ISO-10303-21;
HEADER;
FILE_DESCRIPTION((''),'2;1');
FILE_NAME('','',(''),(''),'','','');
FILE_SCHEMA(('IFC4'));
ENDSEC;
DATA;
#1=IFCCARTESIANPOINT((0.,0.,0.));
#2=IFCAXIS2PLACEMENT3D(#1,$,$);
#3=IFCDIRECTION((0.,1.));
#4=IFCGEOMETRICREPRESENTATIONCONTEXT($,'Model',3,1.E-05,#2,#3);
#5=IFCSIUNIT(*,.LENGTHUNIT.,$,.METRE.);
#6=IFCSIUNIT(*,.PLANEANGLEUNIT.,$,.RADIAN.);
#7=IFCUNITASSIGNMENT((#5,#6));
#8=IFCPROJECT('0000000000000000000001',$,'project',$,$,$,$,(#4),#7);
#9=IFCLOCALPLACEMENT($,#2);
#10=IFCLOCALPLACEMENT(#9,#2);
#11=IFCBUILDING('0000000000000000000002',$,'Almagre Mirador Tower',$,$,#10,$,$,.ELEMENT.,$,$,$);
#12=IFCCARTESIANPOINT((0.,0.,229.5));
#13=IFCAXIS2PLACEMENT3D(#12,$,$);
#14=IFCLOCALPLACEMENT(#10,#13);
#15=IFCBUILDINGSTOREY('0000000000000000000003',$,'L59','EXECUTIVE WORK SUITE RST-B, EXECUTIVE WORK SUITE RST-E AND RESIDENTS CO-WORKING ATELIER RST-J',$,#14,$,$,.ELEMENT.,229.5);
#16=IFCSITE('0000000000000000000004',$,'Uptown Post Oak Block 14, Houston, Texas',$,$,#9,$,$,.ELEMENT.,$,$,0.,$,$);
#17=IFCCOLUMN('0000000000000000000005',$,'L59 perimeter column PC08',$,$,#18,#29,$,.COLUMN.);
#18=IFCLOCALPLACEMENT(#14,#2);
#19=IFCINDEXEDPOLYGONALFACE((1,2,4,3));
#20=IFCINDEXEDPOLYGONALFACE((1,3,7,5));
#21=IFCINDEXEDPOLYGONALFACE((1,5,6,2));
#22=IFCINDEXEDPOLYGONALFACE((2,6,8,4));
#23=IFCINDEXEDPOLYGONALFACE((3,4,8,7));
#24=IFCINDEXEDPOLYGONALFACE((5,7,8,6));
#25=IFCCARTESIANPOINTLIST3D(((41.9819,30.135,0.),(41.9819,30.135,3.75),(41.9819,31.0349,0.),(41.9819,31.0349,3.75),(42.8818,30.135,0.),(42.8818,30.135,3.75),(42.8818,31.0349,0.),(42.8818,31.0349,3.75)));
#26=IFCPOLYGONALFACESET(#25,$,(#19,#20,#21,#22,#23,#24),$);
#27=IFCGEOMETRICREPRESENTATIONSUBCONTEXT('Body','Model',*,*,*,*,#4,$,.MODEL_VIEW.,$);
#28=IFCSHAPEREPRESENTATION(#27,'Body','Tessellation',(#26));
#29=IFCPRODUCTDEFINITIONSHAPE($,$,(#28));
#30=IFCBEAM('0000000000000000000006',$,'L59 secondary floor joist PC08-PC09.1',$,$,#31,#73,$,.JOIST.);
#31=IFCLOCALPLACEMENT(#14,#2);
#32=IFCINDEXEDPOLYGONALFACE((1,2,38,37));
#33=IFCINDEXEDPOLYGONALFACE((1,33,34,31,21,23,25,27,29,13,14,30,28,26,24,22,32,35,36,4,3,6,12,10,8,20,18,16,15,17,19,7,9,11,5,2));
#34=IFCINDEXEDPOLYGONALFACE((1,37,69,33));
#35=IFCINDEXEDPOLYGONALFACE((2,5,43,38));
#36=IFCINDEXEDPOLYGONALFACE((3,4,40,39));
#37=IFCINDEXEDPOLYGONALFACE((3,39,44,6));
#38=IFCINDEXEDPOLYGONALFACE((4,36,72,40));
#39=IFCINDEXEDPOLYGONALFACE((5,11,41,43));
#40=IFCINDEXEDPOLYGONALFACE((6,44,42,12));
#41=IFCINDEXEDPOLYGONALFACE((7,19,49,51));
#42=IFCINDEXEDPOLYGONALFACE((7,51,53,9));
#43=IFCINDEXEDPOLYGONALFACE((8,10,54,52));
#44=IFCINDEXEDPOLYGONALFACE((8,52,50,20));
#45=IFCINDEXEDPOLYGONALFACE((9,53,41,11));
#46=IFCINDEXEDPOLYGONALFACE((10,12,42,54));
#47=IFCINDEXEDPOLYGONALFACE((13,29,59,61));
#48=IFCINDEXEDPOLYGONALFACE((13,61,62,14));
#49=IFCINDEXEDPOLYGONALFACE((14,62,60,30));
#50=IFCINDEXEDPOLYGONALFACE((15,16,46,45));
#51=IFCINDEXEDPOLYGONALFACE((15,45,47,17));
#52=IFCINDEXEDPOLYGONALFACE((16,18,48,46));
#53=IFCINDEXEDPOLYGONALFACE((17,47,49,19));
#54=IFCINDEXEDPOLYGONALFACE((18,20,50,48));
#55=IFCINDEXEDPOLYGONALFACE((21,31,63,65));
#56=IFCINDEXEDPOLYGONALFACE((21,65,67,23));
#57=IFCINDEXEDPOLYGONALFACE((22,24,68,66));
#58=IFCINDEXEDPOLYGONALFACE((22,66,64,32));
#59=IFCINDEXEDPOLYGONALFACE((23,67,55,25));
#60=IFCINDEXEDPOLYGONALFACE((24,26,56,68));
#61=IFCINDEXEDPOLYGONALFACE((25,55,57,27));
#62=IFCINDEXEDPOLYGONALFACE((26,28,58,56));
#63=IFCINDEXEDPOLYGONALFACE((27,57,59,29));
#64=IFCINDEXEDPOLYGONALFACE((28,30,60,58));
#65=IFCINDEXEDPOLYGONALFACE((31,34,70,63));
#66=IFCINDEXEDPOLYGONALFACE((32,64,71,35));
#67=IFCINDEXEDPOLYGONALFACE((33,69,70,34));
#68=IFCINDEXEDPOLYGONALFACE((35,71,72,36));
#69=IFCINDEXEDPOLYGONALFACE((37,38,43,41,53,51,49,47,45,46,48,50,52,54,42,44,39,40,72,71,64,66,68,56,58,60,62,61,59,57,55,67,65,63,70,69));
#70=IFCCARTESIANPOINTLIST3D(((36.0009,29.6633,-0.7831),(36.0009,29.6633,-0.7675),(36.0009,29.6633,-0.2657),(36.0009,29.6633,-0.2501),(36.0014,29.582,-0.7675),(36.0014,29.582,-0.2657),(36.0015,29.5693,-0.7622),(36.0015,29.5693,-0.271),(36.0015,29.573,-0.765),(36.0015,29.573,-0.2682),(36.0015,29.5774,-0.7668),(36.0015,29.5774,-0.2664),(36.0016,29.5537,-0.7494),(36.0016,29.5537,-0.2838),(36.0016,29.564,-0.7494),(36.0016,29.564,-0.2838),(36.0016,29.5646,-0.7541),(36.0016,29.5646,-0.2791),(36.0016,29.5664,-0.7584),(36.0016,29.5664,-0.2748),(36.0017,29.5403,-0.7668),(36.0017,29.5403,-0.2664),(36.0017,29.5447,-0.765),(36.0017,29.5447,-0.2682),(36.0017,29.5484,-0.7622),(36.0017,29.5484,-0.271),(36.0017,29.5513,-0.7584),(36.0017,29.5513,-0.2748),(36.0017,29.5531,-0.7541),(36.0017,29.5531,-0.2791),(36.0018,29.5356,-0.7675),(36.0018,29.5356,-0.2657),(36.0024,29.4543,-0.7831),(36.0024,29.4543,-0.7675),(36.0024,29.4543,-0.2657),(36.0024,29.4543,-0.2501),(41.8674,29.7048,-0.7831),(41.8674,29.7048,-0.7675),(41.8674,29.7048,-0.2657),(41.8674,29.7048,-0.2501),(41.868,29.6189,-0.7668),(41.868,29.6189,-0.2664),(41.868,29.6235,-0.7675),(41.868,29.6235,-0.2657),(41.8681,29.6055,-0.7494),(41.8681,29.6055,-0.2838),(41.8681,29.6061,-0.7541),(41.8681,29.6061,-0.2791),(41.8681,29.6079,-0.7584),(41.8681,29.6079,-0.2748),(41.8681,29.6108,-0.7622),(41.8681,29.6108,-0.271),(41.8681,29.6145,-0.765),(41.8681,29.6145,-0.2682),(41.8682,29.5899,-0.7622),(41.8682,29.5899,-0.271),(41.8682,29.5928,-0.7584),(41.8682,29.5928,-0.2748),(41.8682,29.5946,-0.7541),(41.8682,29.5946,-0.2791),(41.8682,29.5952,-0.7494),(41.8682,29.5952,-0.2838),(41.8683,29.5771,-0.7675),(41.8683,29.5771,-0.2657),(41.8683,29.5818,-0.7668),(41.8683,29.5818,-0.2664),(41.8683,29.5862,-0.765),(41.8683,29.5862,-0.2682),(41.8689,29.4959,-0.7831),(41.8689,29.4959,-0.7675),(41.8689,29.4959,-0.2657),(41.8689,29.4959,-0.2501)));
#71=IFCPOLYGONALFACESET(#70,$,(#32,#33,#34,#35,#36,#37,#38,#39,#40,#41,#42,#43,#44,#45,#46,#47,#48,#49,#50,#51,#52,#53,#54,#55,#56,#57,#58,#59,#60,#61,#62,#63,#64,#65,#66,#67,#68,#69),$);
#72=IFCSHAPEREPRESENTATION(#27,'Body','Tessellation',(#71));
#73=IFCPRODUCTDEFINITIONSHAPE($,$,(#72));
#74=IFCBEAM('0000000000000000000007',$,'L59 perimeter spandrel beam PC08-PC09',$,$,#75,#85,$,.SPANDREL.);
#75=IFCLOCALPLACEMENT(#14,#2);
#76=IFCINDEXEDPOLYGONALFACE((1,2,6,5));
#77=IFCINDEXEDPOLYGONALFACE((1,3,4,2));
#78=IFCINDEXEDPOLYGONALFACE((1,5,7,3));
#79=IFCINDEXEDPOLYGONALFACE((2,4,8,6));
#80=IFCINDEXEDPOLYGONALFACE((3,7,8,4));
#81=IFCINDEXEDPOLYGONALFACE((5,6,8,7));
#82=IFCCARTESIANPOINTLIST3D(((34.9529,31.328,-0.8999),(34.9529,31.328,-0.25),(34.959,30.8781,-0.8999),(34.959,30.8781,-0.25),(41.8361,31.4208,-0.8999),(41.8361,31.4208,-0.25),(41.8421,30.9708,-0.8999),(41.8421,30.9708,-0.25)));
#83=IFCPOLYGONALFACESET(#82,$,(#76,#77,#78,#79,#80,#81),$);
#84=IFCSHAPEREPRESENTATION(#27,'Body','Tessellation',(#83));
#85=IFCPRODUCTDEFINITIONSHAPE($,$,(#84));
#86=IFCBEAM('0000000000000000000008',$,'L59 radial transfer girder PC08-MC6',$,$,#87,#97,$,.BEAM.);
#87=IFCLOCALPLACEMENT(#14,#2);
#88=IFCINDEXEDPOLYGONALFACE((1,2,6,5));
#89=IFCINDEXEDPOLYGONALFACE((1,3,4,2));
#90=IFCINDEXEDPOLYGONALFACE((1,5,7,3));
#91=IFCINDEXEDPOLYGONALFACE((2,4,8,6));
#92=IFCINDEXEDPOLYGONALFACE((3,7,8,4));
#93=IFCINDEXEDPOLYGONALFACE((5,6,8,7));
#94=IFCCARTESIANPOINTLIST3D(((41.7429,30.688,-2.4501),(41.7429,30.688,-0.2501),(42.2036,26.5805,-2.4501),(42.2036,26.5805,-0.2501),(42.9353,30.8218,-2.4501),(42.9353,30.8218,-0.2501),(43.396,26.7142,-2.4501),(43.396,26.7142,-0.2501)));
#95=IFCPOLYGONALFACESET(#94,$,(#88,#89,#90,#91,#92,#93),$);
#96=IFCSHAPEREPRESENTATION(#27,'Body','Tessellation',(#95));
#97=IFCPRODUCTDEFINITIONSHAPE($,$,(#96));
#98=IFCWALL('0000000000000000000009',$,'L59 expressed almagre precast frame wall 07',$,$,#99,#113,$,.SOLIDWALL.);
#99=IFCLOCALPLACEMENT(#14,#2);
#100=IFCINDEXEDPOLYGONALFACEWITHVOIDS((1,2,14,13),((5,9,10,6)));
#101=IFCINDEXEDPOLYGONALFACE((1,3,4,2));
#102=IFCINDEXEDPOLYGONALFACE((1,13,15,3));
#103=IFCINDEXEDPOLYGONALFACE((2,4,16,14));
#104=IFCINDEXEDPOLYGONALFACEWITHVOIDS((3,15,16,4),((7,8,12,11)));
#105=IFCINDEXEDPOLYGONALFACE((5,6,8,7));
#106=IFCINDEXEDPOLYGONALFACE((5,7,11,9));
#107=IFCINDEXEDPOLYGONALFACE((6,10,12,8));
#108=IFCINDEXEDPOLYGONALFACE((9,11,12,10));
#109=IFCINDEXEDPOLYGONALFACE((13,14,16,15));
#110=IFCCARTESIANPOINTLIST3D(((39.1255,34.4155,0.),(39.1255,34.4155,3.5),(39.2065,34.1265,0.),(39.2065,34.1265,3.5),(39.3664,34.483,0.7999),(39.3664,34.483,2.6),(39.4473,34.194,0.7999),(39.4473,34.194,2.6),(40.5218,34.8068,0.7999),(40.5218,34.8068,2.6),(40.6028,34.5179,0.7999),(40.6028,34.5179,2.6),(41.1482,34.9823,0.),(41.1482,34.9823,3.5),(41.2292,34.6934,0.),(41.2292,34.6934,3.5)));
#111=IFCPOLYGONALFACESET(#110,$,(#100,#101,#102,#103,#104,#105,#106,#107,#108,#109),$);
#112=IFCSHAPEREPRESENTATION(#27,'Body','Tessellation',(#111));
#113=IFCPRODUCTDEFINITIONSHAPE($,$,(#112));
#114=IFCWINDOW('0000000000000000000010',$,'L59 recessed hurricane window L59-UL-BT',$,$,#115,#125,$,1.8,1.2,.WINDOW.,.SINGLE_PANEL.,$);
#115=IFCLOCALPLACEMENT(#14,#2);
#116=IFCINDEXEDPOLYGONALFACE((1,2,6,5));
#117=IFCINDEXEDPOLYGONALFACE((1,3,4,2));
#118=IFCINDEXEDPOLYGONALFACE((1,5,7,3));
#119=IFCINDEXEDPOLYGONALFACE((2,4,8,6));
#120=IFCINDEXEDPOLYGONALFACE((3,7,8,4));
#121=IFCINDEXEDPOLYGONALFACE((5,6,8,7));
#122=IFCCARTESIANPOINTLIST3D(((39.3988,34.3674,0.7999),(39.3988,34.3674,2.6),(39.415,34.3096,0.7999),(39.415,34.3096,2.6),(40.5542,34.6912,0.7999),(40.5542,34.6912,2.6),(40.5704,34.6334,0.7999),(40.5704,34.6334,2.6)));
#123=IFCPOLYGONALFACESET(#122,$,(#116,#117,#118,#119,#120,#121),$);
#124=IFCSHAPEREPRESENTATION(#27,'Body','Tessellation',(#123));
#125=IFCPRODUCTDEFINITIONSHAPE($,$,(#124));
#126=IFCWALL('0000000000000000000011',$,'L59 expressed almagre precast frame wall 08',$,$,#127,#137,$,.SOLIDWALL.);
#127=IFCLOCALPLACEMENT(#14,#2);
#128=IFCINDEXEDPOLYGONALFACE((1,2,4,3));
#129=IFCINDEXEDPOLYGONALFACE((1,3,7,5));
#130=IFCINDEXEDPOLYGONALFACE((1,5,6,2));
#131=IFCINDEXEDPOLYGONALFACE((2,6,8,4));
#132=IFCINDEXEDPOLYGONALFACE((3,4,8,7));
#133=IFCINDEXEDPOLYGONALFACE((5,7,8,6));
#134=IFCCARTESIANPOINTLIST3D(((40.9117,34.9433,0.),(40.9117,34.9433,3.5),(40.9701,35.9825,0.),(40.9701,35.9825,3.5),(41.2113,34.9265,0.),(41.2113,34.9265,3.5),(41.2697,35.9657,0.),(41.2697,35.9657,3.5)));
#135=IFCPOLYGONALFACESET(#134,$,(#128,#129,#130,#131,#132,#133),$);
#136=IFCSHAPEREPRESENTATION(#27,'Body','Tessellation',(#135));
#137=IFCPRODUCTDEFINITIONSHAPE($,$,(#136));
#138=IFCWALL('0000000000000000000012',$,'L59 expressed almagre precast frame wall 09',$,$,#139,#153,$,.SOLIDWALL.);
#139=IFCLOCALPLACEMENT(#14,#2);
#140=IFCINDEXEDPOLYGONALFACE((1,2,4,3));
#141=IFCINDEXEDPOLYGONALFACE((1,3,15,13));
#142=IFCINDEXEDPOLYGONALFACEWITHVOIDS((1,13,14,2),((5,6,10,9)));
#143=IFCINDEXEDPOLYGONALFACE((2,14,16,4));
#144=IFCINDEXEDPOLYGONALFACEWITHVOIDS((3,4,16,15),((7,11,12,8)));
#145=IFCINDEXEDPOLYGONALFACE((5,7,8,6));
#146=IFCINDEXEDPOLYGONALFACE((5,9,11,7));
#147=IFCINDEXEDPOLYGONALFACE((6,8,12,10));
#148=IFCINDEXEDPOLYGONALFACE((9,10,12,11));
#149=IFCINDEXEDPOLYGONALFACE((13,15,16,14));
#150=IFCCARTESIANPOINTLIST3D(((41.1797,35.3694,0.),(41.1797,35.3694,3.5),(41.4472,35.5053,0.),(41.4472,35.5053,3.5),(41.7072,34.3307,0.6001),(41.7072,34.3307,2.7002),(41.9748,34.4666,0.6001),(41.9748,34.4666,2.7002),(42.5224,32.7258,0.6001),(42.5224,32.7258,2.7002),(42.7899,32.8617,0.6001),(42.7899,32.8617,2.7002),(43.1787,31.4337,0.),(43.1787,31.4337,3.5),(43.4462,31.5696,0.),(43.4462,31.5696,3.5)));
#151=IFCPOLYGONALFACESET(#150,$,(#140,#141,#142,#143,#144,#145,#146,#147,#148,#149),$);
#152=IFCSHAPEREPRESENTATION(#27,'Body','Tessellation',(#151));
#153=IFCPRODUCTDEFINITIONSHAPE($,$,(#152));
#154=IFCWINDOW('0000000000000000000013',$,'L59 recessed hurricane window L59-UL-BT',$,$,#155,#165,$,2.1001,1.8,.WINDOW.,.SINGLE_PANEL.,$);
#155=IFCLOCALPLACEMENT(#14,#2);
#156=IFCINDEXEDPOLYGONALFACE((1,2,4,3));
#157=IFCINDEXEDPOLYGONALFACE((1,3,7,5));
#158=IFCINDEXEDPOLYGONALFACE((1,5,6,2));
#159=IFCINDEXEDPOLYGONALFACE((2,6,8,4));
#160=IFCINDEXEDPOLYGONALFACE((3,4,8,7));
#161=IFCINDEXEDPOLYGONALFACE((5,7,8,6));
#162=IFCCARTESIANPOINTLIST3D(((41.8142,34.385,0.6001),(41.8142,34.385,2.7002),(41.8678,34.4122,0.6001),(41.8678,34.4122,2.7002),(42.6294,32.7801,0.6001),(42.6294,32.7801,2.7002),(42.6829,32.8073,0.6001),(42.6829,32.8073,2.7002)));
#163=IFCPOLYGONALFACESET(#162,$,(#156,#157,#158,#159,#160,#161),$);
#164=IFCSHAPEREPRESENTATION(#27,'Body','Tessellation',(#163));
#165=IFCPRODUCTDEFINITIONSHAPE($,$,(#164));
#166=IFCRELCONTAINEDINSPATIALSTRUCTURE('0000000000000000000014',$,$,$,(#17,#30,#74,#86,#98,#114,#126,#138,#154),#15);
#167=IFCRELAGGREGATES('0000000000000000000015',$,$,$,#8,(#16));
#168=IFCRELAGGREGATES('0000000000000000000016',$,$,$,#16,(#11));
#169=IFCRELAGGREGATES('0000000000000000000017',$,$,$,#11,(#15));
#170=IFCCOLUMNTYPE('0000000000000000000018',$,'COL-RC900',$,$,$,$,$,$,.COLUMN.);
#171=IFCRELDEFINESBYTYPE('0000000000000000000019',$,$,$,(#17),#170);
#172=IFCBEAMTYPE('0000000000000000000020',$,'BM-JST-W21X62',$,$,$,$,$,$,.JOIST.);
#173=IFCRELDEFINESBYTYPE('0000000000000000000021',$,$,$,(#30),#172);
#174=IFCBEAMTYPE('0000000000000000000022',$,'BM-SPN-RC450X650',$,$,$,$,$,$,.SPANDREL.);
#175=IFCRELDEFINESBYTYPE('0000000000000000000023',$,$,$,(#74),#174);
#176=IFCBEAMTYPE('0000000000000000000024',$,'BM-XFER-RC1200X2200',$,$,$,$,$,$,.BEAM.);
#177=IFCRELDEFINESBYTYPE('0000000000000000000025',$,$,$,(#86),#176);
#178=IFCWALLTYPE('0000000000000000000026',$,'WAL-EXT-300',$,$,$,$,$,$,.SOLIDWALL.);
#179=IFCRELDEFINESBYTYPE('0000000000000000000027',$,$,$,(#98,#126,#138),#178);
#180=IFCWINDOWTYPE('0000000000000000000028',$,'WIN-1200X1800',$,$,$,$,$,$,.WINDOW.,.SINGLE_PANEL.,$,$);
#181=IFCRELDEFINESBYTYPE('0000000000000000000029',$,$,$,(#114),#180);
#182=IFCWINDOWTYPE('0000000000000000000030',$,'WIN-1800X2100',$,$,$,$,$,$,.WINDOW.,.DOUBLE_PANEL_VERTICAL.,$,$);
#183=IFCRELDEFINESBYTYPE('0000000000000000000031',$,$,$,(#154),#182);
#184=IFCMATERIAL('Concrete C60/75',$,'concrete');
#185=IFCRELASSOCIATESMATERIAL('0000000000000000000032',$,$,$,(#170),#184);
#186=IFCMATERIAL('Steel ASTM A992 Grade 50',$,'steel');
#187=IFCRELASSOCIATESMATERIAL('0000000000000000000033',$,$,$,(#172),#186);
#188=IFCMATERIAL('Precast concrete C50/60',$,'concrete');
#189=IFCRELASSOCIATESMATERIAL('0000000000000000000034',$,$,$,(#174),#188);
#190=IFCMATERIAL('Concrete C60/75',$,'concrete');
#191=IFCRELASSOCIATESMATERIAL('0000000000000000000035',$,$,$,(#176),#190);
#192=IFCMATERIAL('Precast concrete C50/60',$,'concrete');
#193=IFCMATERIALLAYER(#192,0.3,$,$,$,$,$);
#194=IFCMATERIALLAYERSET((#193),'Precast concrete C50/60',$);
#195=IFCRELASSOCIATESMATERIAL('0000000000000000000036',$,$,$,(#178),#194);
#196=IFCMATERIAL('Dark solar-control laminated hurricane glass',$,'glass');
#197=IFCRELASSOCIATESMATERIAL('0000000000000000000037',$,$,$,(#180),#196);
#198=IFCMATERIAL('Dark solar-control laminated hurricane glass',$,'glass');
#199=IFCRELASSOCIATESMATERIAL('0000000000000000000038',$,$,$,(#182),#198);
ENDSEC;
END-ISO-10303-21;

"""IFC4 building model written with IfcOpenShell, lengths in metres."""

from ifc_helpers import new_model, si_unit, direction, frame, frame_2d, origin, origin_2d, place, context, subcontext, project, spatial, rectangle, i_section, extrude, material, layer, layer_set, material_profile, profile_set, type_object, element, fill, save


model = new_model("IFC4")

# Units and contexts
model_context = context("Model", 3, precision=1e-05, world=origin(), true_north=direction((0.0, 1.0)))
body_context = subcontext(model_context, "Body", "Model", "MODEL_VIEW")
ifc_project = project(units=[si_unit("LENGTHUNIT", "METRE"), si_unit("PLANEANGLEUNIT", "RADIAN")], contexts=[model_context])

# Site, building, storey
site_placement = place(None, origin())
site = spatial("IfcSite", under=ifc_project, at=site_placement, Name="Uptown Post Oak Block 14, Houston, Texas", CompositionType="ELEMENT", RefElevation=0.0)
building_placement = place(site_placement, origin())
building = spatial("IfcBuilding", under=site, at=building_placement, Name="Almagre Mirador Tower", CompositionType="ELEMENT")
storey_placement = place(building_placement, frame((0.0, 0.0, 229.5)))
storey = spatial("IfcBuildingStorey", under=building, at=storey_placement, Name="L59", Description="EXECUTIVE WORK SUITE RST-B, EXECUTIVE WORK SUITE RST-E AND RESIDENTS CO-WORKING ATELIER RST-J", CompositionType="ELEMENT", Elevation=229.5)

# Column
ifc_material_1 = material(Name="Concrete C60/75", Category="concrete")
ifc_material_profile_1 = material_profile(ifc_material_1, rectangle(XDim=0.8999, YDim=0.8999, at=origin_2d()), Name="RC900X900")
ifc_profile_set_1 = profile_set([ifc_material_profile_1], Name="Concrete C60/75")
column_type = type_object("IfcColumnType", Name="COL-RC900", PredefinedType="COLUMN", material=ifc_profile_set_1)
column_placement = place(storey_placement, frame((42.4319, 30.585, 0.0), z_axis=(0.0, 0.0, 1.0), x_axis=(1.0, 0.0, 0.0)))
element("IfcColumn", 1, at=column_placement, inside=storey, type_object=column_type, Name="L59 perimeter column PC08", PredefinedType="COLUMN", context=body_context, shape_type="SweptSolid", body=[
    extrude(rectangle(XDim=0.8999, YDim=0.8999, at=origin_2d()), origin(), (0.0, 0.0, 1.0), 3.75),
])

# Beams
ifc_material_2 = material(Name="Steel ASTM A992 Grade 50", Category="steel")
ifc_material_profile_2 = material_profile(ifc_material_2, i_section(OverallWidth=0.209, OverallDepth=0.533, WebThickness=0.0103, FlangeThickness=0.0156, FilletRadius=0.0181, at=origin_2d()), Name="W21X62")
ifc_profile_set_2 = profile_set([ifc_material_profile_2], Name="Steel ASTM A992 Grade 50")
beam_type_1 = type_object("IfcBeamType", Name="BM-JST-W21X62", PredefinedType="JOIST", material=ifc_profile_set_2)
beam_1_placement = place(storey_placement, frame((41.8682, 29.6003, -0.5166), z_axis=(-0.999975, -0.007075, 0.0), x_axis=(0.007075, -0.999975, 0.0)))
element("IfcBeam", 2, at=beam_1_placement, inside=storey, type_object=beam_type_1, Name="L59 secondary floor joist PC08-PC09.1", PredefinedType="JOIST", context=body_context, shape_type="SweptSolid", body=[
    extrude(i_section(OverallWidth=0.209, OverallDepth=0.533, WebThickness=0.0103, FlangeThickness=0.0156, FilletRadius=0.0181, at=origin_2d()), origin(), (0.0, 0.0, 1.0), 5.8667),
])
ifc_material_3 = material(Name="Precast concrete C50/60", Category="concrete")
ifc_material_profile_3 = material_profile(ifc_material_3, rectangle(XDim=0.45, YDim=0.6499, at=origin_2d()), Name="RC450X650")
ifc_profile_set_3 = profile_set([ifc_material_profile_3], Name="Precast concrete C50/60")
beam_type_2 = type_object("IfcBeamType", Name="BM-SPN-RC450X650", PredefinedType="SPANDREL", material=ifc_profile_set_3)
beam_2_placement = place(storey_placement, frame((41.8391, 31.1958, -0.575), z_axis=(-0.999909, -0.013477, 0.0), x_axis=(0.013477, -0.999909, 0.0)))
element("IfcBeam", 3, at=beam_2_placement, inside=storey, type_object=beam_type_2, Name="L59 perimeter spandrel beam PC08-PC09", PredefinedType="SPANDREL", context=body_context, shape_type="SweptSolid", body=[
    extrude(rectangle(XDim=0.45, YDim=0.6499, at=origin_2d()), origin(), (0.0, 0.0, 1.0), 6.8838),
])
ifc_material_4 = material(Name="Concrete C60/75", Category="concrete")
ifc_material_profile_4 = material_profile(ifc_material_4, rectangle(XDim=1.2, YDim=2.2, at=origin_2d()), Name="RC1200X2200")
ifc_profile_set_4 = profile_set([ifc_material_profile_4], Name="Concrete C60/75")
beam_type_3 = type_object("IfcBeamType", Name="BM-XFER-RC1200X2200", PredefinedType="BEAM", material=ifc_profile_set_4)
beam_3_placement = place(storey_placement, frame((42.3391, 30.7549, -1.3501), z_axis=(0.111456, -0.993769, 0.0), x_axis=(0.993769, 0.111456, 0.0)))
element("IfcBeam", 4, at=beam_3_placement, inside=storey, type_object=beam_type_3, Name="L59 radial transfer girder PC08-MC6", PredefinedType="BEAM", context=body_context, shape_type="SweptSolid", body=[
    extrude(rectangle(XDim=1.2, YDim=2.2, at=origin_2d()), origin(), (0.0, 0.0, 1.0), 4.1333),
])

# Wall, opening, window
ifc_material_5 = material(Name="Precast concrete C50/60", Category="concrete")
ifc_layer_1 = layer(ifc_material_5, 0.3)
ifc_layer_set_1 = layer_set([ifc_layer_1], Name="Precast concrete C50/60")
wall_type_1 = type_object("IfcWallType", Name="WAL-EXT-300", PredefinedType="SOLIDWALL", material=ifc_layer_set_1)
wall_1_placement = place(storey_placement, frame((39.166, 34.271, 0.0), z_axis=(0.0, 0.0, 1.0), x_axis=(0.962898, 0.269867, 0.0)))
wall_1 = element("IfcWall", 5, at=wall_1_placement, inside=storey, type_object=wall_type_1, Name="L59 expressed almagre precast frame wall 07", PredefinedType="SOLIDWALL", context=body_context, shape_type="SweptSolid", body=[
    extrude(rectangle(XDim=2.1006, YDim=0.3, at=frame_2d((1.0503, 0.0))), origin(), (0.0, 0.0, 1.0), 3.5),
])
opening_1_placement = place(wall_1_placement, frame((0.25, 0.0, 0.8)))
opening_1 = element("IfcOpeningElement", 6, at=opening_1_placement, cuts=wall_1, PredefinedType="OPENING", context=body_context, shape_type="SweptSolid", body=[
    extrude(rectangle(XDim=1.2, YDim=1.8, at=frame_2d((0.6001, 0.8999))), frame((0.0, 0.1599, 0.0), z_axis=(0.0, -1.0, 0.0), x_axis=(1.0, 0.0, 0.0)), (0.0, 0.0, 1.0), 0.32),
])
ifc_material_6 = material(Name="Dark solar-control laminated hurricane glass", Category="glass")
window_type_1 = type_object("IfcWindowType", Name="WIN-1200X1800", PartitioningType="SINGLE_PANEL", PredefinedType="WINDOW", material=ifc_material_6)
window_1_placement = place(opening_1_placement, origin())
window_1 = element("IfcWindow", 7, at=window_1_placement, inside=storey, type_object=window_type_1, Name="L59 recessed hurricane window L59-UL-BT", OverallHeight=1.8, OverallWidth=1.2, PartitioningType="SINGLE_PANEL", PredefinedType="WINDOW", context=body_context, shape_type="SweptSolid", body=[
    extrude(rectangle(XDim=1.2, YDim=1.8, at=frame_2d((0.6001, 0.8999))), frame((0.0, 0.03, 0.0), z_axis=(0.0, -1.0, 0.0), x_axis=(1.0, 0.0, 0.0)), (0.0, 0.0, 1.0), 0.0601),
])
fill(opening_1, window_1)

# Wall
wall_2_placement = place(storey_placement, frame((41.0615, 34.9348, 0.0), z_axis=(0.0, 0.0, 1.0), x_axis=(0.056068, 0.998427, 0.0)))
element("IfcWall", 8, at=wall_2_placement, inside=storey, type_object=wall_type_1, Name="L59 expressed almagre precast frame wall 08", PredefinedType="SOLIDWALL", context=body_context, shape_type="SweptSolid", body=[
    extrude(rectangle(XDim=1.0408, YDim=0.3, at=frame_2d((0.5205, 0.0))), origin(), (0.0, 0.0, 1.0), 3.5),
])

# Wall, opening, window
wall_3_placement = place(storey_placement, frame((41.3135, 35.4373, 0.0), z_axis=(0.0, 0.0, 1.0), x_axis=(0.452846, -0.891589, 0.0)))
wall_3 = element("IfcWall", 9, at=wall_3_placement, inside=storey, type_object=wall_type_1, Name="L59 expressed almagre precast frame wall 09", PredefinedType="SOLIDWALL", context=body_context, shape_type="SweptSolid", body=[
    extrude(rectangle(XDim=4.4143, YDim=0.3, at=frame_2d((2.207, 0.0))), origin(), (0.0, 0.0, 1.0), 3.5),
])
opening_2_placement = place(wall_3_placement, frame((1.165, 0.0, 0.6001)))
opening_2 = element("IfcOpeningElement", 10, at=opening_2_placement, cuts=wall_3, PredefinedType="OPENING", context=body_context, shape_type="SweptSolid", body=[
    extrude(rectangle(XDim=1.8, YDim=2.1001, at=frame_2d((0.8999, 1.05))), frame((0.0, 0.1599, 0.0), z_axis=(0.0, -1.0, 0.0), x_axis=(1.0, 0.0, 0.0)), (0.0, 0.0, 1.0), 0.32),
])
ifc_material_7 = material(Name="Dark solar-control laminated hurricane glass", Category="glass")
window_type_2 = type_object("IfcWindowType", Name="WIN-1800X2100", PartitioningType="DOUBLE_PANEL_VERTICAL", PredefinedType="WINDOW", material=ifc_material_7)
window_2_placement = place(opening_2_placement, origin())
window_2 = element("IfcWindow", 11, at=window_2_placement, inside=storey, type_object=window_type_2, Name="L59 recessed hurricane window L59-UL-BT", OverallHeight=2.1001, OverallWidth=1.8, PartitioningType="SINGLE_PANEL", PredefinedType="WINDOW", context=body_context, shape_type="SweptSolid", body=[
    extrude(rectangle(XDim=1.8, YDim=2.1001, at=frame_2d((0.8999, 1.05))), frame((0.0, 0.03, 0.0), z_axis=(0.0, -1.0, 0.0), x_axis=(1.0, 0.0, 0.0)), (0.0, 0.0, 1.0), 0.0601),
])
fill(opening_2, window_2)

save(model, "model.ifc")
